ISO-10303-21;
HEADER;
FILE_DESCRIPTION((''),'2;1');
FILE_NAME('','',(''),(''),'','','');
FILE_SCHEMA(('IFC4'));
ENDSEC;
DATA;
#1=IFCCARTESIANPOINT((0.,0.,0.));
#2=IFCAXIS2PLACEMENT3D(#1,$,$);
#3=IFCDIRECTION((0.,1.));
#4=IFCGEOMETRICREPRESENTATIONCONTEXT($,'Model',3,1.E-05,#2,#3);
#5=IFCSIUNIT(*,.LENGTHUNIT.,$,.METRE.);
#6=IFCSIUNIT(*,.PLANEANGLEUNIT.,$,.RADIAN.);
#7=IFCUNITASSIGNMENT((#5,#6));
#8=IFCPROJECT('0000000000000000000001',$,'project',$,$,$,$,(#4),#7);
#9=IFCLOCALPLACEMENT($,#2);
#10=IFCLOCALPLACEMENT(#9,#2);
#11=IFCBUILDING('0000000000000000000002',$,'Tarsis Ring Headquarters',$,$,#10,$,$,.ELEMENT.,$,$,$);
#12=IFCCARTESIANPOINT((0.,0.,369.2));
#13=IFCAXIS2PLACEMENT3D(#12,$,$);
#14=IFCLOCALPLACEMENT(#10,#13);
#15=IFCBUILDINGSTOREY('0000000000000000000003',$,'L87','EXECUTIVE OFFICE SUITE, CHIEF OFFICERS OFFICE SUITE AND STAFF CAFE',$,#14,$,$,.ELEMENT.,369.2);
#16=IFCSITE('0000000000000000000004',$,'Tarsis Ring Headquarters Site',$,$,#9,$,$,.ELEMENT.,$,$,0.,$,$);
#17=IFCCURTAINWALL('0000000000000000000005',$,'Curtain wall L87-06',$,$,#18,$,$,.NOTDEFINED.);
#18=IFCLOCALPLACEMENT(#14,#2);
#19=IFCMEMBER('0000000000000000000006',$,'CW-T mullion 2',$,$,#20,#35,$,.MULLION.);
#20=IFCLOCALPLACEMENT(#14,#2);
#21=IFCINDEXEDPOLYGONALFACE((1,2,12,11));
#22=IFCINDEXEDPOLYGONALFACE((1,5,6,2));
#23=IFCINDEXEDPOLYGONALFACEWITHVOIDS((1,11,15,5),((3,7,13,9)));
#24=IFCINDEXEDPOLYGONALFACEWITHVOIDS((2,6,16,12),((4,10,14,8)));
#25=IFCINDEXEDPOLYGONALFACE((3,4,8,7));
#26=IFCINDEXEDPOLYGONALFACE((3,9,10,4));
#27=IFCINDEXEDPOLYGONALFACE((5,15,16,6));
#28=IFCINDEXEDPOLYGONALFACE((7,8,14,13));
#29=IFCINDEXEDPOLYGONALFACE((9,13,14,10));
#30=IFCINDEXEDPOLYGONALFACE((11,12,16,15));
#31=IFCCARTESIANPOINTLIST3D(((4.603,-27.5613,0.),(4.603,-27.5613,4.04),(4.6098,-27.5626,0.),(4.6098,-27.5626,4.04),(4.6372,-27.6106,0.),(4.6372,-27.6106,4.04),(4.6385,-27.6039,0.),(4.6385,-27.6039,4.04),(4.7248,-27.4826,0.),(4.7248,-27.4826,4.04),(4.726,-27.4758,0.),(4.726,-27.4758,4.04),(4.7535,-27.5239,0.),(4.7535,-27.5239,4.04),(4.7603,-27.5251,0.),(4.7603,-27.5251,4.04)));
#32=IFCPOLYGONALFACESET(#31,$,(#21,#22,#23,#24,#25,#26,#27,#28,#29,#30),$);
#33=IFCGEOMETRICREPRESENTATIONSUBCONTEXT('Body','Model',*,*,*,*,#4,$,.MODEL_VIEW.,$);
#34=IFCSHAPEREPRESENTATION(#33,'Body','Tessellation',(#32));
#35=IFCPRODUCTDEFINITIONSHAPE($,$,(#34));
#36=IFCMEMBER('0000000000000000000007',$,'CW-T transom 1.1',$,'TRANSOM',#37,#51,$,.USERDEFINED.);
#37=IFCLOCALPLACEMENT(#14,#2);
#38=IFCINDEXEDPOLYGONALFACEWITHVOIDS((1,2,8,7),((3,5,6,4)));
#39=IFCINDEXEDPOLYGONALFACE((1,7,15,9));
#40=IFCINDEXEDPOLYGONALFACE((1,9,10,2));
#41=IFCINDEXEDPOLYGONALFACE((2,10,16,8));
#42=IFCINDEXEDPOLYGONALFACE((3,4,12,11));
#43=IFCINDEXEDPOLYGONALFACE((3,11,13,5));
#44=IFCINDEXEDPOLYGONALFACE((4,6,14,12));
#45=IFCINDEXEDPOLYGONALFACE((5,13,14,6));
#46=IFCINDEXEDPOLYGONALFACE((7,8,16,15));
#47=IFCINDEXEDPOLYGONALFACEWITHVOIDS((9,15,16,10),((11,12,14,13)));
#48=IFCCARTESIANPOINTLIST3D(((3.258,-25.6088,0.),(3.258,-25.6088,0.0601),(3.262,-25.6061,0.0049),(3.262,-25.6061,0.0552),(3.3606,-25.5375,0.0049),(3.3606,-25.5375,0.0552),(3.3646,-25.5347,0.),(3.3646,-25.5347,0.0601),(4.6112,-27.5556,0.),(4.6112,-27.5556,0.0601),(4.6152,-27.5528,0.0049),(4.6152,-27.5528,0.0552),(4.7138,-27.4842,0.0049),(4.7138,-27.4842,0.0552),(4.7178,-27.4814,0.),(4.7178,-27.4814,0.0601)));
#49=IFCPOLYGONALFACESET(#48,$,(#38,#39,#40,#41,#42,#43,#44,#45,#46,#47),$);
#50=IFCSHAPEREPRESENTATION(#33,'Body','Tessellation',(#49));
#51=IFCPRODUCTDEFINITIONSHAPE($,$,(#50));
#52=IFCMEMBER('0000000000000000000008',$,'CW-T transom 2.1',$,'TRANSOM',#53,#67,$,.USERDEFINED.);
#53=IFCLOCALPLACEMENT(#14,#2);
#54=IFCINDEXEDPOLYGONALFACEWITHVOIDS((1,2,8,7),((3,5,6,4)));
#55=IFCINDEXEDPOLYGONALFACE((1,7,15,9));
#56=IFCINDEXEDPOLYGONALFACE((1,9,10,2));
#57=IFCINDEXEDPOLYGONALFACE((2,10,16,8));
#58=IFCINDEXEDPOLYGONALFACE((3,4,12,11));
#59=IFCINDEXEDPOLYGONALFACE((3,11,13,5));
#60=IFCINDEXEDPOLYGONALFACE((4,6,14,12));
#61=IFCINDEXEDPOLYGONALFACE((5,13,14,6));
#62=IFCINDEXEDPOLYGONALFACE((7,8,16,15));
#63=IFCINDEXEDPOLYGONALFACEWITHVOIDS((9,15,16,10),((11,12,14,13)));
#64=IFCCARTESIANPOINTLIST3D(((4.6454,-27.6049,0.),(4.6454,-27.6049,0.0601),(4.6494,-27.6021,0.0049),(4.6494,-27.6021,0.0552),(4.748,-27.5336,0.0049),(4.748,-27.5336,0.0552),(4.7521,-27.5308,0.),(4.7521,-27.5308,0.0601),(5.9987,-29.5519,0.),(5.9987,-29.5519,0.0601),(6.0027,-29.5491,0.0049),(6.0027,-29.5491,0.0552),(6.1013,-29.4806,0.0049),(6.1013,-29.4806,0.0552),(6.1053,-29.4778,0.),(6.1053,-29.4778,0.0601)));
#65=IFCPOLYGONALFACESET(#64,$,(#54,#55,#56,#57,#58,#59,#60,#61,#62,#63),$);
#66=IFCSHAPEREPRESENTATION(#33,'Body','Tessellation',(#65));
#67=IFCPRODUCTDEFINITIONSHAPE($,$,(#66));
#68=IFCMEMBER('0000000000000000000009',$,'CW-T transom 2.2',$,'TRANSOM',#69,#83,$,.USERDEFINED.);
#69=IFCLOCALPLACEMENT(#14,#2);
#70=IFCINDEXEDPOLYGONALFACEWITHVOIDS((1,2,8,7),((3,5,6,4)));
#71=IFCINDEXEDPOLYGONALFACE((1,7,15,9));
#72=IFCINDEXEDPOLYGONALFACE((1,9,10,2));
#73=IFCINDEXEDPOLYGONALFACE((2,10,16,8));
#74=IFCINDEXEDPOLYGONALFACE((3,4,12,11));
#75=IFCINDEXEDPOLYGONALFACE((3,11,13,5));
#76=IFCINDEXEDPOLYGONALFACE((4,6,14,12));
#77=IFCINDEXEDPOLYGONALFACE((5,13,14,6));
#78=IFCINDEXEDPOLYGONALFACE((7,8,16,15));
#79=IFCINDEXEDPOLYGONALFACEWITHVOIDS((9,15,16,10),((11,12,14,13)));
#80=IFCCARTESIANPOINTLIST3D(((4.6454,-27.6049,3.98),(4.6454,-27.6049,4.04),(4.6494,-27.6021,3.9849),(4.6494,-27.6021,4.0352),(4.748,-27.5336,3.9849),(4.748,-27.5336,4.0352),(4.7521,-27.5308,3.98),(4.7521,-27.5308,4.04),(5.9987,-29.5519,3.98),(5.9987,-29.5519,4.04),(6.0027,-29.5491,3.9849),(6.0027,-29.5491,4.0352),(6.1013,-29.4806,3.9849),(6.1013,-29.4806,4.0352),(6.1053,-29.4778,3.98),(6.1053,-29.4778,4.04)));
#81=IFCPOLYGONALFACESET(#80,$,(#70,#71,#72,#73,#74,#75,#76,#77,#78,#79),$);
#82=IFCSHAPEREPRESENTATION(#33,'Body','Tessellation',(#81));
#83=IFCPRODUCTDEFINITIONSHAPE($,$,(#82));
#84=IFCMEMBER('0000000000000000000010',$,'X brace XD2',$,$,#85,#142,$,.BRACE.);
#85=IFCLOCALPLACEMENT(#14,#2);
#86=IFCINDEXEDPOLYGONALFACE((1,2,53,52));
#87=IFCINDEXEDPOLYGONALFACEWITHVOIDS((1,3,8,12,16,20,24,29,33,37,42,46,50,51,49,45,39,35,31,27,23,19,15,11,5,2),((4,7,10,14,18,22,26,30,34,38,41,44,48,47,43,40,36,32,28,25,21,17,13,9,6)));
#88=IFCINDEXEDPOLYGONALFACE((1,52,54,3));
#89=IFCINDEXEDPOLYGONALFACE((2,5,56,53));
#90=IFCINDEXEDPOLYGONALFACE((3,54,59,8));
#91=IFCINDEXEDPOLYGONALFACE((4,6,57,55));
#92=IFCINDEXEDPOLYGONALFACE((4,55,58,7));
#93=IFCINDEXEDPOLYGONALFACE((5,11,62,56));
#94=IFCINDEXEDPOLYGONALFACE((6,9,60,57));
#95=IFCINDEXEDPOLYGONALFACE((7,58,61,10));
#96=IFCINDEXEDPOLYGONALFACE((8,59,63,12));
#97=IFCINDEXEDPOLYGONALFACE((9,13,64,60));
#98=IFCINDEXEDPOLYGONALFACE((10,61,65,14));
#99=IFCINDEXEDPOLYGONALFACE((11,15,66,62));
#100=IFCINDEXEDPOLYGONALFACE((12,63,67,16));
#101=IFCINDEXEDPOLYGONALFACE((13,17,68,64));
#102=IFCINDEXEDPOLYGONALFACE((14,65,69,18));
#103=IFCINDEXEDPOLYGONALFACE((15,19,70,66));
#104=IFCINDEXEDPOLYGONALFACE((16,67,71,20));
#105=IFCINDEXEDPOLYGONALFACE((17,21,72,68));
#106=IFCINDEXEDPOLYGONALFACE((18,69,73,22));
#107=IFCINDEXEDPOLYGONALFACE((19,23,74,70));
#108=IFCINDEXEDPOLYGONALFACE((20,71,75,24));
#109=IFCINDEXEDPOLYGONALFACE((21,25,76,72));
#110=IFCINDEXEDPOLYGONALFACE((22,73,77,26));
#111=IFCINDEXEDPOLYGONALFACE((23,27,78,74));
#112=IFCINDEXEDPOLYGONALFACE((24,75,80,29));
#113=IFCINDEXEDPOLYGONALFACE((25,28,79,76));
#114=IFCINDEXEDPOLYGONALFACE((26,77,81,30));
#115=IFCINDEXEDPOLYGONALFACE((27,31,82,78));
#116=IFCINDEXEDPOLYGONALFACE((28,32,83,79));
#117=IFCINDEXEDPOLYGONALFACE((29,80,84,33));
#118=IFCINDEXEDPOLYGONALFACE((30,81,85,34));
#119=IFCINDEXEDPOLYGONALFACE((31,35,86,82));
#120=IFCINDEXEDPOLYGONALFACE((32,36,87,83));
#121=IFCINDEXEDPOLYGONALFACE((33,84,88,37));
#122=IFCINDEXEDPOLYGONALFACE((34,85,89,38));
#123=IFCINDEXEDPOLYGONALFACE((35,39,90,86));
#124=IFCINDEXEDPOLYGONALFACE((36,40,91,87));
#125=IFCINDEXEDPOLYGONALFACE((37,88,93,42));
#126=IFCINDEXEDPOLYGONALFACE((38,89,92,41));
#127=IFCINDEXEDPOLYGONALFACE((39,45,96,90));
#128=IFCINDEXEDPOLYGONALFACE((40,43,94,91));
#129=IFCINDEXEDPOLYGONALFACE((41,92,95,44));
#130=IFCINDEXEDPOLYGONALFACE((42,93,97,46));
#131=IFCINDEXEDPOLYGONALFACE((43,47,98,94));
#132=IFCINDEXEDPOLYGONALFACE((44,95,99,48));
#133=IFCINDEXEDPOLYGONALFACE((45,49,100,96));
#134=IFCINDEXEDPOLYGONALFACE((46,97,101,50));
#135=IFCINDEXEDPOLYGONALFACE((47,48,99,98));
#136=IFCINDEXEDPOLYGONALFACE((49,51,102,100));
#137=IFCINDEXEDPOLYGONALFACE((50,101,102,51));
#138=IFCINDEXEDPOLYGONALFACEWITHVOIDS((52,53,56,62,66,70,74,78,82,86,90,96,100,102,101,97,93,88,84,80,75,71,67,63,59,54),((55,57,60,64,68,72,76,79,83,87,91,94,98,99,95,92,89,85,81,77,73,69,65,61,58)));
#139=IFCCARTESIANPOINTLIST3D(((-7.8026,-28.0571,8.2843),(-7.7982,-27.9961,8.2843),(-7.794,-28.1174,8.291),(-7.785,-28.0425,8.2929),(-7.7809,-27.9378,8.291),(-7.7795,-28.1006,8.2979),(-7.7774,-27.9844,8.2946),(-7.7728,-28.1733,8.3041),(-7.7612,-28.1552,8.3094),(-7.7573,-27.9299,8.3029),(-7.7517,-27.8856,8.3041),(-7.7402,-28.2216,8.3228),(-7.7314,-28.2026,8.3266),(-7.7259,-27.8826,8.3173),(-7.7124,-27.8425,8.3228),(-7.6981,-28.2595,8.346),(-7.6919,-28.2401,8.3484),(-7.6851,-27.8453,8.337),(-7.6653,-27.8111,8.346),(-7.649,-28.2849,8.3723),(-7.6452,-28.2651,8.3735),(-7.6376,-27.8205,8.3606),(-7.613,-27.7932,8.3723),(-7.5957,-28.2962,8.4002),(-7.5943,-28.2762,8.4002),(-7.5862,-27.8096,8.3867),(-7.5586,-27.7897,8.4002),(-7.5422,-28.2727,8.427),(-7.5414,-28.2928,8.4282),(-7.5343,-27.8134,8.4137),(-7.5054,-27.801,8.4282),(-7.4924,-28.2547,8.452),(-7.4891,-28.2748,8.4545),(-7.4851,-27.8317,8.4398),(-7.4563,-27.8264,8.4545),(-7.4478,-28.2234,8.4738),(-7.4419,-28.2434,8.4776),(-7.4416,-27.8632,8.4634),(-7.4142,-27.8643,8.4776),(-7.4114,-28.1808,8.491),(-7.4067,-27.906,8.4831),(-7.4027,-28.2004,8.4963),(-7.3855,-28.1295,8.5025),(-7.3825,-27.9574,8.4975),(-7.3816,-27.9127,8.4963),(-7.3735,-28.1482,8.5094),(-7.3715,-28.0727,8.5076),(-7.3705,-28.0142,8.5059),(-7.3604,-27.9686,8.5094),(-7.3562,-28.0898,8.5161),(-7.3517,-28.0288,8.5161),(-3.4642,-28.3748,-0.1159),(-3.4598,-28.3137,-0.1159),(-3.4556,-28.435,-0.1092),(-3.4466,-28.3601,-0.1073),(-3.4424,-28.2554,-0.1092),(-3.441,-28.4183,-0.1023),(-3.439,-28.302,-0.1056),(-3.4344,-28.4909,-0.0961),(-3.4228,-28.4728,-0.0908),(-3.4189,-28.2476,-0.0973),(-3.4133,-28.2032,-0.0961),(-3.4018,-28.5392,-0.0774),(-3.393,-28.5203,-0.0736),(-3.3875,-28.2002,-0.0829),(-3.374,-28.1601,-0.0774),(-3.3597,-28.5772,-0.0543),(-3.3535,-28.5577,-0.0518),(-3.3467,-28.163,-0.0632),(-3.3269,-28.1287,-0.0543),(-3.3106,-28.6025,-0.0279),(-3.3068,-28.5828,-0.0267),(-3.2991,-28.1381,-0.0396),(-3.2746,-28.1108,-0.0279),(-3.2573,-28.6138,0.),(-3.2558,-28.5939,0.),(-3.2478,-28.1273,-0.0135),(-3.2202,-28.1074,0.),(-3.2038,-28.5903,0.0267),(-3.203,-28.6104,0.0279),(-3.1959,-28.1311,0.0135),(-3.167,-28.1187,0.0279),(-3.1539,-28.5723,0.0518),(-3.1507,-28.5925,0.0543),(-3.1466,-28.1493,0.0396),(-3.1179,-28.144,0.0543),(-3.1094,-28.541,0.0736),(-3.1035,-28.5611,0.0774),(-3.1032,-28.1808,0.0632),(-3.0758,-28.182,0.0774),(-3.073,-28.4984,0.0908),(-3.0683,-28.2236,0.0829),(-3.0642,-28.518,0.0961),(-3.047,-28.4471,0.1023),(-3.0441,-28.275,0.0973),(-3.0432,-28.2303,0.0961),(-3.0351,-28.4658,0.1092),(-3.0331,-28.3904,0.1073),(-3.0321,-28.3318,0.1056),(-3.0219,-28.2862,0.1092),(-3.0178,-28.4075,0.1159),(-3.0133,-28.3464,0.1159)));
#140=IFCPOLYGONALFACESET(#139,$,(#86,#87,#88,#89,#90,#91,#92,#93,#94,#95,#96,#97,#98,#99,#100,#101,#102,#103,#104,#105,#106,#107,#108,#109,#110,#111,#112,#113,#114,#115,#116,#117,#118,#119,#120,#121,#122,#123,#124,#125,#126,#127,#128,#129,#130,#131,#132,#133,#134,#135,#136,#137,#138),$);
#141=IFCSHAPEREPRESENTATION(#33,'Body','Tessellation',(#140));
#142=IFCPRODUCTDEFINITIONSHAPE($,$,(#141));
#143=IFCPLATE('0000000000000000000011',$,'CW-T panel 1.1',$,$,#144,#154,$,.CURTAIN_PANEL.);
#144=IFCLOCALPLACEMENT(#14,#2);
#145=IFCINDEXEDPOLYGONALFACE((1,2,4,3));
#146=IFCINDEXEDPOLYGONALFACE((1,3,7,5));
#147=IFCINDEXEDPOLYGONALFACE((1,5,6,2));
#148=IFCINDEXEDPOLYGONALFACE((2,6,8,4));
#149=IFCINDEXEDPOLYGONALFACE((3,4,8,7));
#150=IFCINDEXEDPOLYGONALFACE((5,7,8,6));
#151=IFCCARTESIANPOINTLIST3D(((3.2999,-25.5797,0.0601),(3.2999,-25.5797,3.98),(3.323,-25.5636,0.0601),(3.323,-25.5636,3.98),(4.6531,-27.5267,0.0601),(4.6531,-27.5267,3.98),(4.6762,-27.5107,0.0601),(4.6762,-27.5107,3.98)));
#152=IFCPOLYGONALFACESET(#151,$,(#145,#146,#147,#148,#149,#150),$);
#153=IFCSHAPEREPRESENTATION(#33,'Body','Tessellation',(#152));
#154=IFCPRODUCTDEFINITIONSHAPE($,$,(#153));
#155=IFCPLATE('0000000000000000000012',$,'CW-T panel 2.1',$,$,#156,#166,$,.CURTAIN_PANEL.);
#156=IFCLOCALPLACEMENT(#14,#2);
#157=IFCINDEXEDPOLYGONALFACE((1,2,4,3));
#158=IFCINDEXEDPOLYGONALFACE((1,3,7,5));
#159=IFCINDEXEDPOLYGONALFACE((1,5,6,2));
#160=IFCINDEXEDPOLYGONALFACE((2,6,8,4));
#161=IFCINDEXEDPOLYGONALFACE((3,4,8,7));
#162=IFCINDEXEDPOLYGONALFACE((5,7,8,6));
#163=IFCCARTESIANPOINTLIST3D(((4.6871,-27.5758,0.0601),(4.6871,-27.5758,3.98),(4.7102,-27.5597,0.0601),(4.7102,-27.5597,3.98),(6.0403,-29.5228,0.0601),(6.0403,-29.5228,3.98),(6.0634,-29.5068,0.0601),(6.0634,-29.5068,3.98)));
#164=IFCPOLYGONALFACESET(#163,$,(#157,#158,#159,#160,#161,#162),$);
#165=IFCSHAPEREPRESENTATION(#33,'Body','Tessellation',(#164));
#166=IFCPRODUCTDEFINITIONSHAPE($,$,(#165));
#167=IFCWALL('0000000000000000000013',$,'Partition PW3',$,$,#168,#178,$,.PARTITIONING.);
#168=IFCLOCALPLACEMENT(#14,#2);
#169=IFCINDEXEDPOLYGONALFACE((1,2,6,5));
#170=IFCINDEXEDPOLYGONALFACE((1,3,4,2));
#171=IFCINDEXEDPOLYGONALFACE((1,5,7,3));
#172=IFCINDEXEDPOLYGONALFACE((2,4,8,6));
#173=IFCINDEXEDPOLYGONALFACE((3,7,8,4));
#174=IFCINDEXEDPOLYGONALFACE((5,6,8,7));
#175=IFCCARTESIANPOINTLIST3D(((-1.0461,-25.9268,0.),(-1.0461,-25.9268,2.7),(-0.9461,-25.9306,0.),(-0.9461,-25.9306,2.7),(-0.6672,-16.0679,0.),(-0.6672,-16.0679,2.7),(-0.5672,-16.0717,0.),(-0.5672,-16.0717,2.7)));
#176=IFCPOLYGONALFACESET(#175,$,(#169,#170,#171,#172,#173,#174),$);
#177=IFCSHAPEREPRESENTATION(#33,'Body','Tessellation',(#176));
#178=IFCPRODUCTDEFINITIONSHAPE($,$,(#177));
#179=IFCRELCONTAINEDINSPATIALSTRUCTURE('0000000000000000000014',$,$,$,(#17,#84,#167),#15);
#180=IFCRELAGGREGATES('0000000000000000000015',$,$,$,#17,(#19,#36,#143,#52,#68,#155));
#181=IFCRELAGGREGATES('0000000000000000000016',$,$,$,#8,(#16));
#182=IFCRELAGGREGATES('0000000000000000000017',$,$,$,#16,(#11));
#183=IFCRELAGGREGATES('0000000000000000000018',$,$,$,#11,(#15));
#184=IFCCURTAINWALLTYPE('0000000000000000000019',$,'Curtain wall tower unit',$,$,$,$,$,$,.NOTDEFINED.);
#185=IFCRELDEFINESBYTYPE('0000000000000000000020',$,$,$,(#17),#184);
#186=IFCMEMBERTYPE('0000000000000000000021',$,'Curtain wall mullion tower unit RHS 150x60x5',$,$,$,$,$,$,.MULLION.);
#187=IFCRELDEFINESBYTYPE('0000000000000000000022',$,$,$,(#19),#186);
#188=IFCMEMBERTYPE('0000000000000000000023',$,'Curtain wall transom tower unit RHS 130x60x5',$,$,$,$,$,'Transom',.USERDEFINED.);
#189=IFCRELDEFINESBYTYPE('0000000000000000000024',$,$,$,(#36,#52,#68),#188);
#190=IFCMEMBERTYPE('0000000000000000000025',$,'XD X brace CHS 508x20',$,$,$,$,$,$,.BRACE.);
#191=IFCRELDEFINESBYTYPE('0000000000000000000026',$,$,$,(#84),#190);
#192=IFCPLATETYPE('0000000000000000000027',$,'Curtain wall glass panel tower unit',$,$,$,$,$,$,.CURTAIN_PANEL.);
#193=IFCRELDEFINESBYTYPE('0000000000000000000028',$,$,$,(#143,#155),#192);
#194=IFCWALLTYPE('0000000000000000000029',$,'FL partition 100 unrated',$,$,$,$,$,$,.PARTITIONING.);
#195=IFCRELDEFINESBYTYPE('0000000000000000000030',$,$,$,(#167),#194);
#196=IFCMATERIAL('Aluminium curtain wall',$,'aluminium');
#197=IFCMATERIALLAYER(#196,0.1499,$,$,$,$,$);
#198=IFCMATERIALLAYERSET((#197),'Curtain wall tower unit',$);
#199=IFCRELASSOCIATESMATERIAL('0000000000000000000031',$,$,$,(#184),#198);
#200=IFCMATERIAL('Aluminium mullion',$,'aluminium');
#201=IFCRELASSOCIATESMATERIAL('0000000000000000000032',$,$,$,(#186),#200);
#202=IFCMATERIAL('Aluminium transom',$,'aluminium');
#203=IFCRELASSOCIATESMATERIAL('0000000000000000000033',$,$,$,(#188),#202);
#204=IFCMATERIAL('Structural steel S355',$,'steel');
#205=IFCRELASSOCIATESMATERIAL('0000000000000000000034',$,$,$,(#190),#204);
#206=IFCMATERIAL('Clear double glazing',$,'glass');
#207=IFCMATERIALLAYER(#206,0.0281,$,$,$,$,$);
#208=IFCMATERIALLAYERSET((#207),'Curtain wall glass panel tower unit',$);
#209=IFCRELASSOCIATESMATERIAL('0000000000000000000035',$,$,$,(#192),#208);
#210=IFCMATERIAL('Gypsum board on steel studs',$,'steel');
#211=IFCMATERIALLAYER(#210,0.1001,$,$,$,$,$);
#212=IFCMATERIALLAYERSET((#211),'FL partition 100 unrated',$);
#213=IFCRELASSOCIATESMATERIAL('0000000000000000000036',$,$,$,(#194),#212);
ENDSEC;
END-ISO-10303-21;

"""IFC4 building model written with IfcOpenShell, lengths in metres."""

from ifc_helpers import new_model, si_unit, direction, frame, frame_2d, origin, origin_2d, place, context, subcontext, project, spatial, rectangle, hollow_rectangle, hollow_circle, extrude, material, layer, layer_set, material_profile, profile_set, type_object, element, aggregate, save


model = new_model("IFC4")

# Units and contexts
model_context = context("Model", 3, precision=1e-05, world=origin(), true_north=direction((0.0, 1.0)))
body_context = subcontext(model_context, "Body", "Model", "MODEL_VIEW")
ifc_project = project(units=[si_unit("LENGTHUNIT", "METRE"), si_unit("PLANEANGLEUNIT", "RADIAN")], contexts=[model_context])

# Site, building, storey
site_placement = place(None, origin())
site = spatial("IfcSite", under=ifc_project, at=site_placement, Name="Tarsis Ring Headquarters Site", CompositionType="ELEMENT", RefElevation=0.0)
building_placement = place(site_placement, origin())
building = spatial("IfcBuilding", under=site, at=building_placement, Name="Tarsis Ring Headquarters", CompositionType="ELEMENT")
storey_placement = place(building_placement, frame((0.0, 0.0, 369.2)))
storey = spatial("IfcBuildingStorey", under=building, at=storey_placement, Name="L87", Description="EXECUTIVE OFFICE SUITE, CHIEF OFFICERS OFFICE SUITE AND STAFF CAFE", CompositionType="ELEMENT", Elevation=369.2)

# Curtain wall, members
ifc_material_1 = material(Name="Aluminium curtain wall", Category="aluminium")
ifc_layer_1 = layer(ifc_material_1, 0.1499)
ifc_layer_set_1 = layer_set([ifc_layer_1], Name="Curtain wall tower unit")
curtain_wall_type = type_object("IfcCurtainWallType", Name="Curtain wall tower unit", PredefinedType="NOTDEFINED", material=ifc_layer_set_1)
curtain_wall_placement = place(storey_placement, origin())
curtain_wall = element("IfcCurtainWall", 1, at=curtain_wall_placement, inside=storey, type_object=curtain_wall_type, Name="Curtain wall L87-06", PredefinedType="NOTDEFINED")
ifc_material_2 = material(Name="Aluminium mullion", Category="aluminium")
ifc_material_profile_1 = material_profile(ifc_material_2, hollow_rectangle(XDim=0.1499, YDim=0.0601, WallThickness=0.0049, at=origin_2d()), Name="RHS 150x60x5")
ifc_profile_set_1 = profile_set([ifc_material_profile_1], Name="Aluminium mullion")
member_type_1 = type_object("IfcMemberType", Name="Curtain wall mullion tower unit RHS 150x60x5", PredefinedType="MULLION", material=ifc_profile_set_1)
member_1_placement = place(storey_placement, frame((4.6816, -27.5432, 0.0), z_axis=(0.0, 0.0, 1.0), x_axis=(0.821149, 0.570714, 0.0)))
member_1 = element("IfcMember", 2, at=member_1_placement, type_object=member_type_1, Name="CW-T mullion 2", PredefinedType="MULLION", context=body_context, shape_type="SweptSolid", body=[
    extrude(hollow_rectangle(XDim=0.1499, YDim=0.0601, WallThickness=0.0049, at=origin_2d()), origin(), (0.0, 0.0, 1.0), 4.04),
])
ifc_material_3 = material(Name="Aluminium transom", Category="aluminium")
ifc_material_profile_2 = material_profile(ifc_material_3, hollow_rectangle(XDim=0.1299, YDim=0.0601, WallThickness=0.0049, at=origin_2d()), Name="RHS 130x60x5")
ifc_profile_set_2 = profile_set([ifc_material_profile_2], Name="Aluminium transom")
member_type_2 = type_object("IfcMemberType", Name="Curtain wall transom tower unit RHS 130x60x5", ElementType="Transom", PredefinedType="USERDEFINED", material=ifc_profile_set_2)
member_2_placement = place(storey_placement, frame((3.3113, -25.5718, 0.03), z_axis=(0.570778, -0.821105, 0.0), x_axis=(0.821105, 0.570778, 0.0)))
member_2 = element("IfcMember", 3, at=member_2_placement, type_object=member_type_2, Name="CW-T transom 1.1", ObjectType="TRANSOM", PredefinedType="USERDEFINED", context=body_context, shape_type="SweptSolid", body=[
    extrude(hollow_rectangle(XDim=0.1299, YDim=0.0601, WallThickness=0.0049, at=origin_2d()), origin(), (0.0, 0.0, 1.0), 2.3708),
])
member_3_placement = place(storey_placement, frame((4.6987, -27.5679, 0.03), z_axis=(0.57073, -0.821138, 0.0), x_axis=(0.821138, 0.57073, 0.0)))
member_3 = element("IfcMember", 4, at=member_3_placement, type_object=member_type_2, Name="CW-T transom 2.1", ObjectType="TRANSOM", PredefinedType="USERDEFINED", context=body_context, shape_type="SweptSolid", body=[
    extrude(hollow_rectangle(XDim=0.1299, YDim=0.0601, WallThickness=0.0049, at=origin_2d()), origin(), (0.0, 0.0, 1.0), 2.3711),
])
member_4_placement = place(storey_placement, frame((4.6987, -27.5679, 4.01), z_axis=(0.57073, -0.821138, 0.0), x_axis=(0.821138, 0.57073, 0.0)))
member_4 = element("IfcMember", 5, at=member_4_placement, type_object=member_type_2, Name="CW-T transom 2.2", ObjectType="TRANSOM", PredefinedType="USERDEFINED", context=body_context, shape_type="SweptSolid", body=[
    extrude(hollow_rectangle(XDim=0.1299, YDim=0.0601, WallThickness=0.0049, at=origin_2d()), origin(), (0.0, 0.0, 1.0), 2.3711),
])

# Member
ifc_material_4 = material(Name="Structural steel S355", Category="steel")
ifc_material_profile_3 = material_profile(ifc_material_4, hollow_circle(Radius=0.2539, WallThickness=0.02, at=origin_2d()), Name="CHS 508x20")
ifc_profile_set_3 = profile_set([ifc_material_profile_3], Name="Structural steel S355")
member_type_3 = type_object("IfcMemberType", Name="XD X brace CHS 508x20", PredefinedType="BRACE", material=ifc_profile_set_3)
member_5_placement = place(storey_placement, frame((-3.2388, -28.3606, 0.0), z_axis=(-0.45862, 0.033577, 0.887998), x_axis=(-0.073018, -0.997331, 0.0)))
element("IfcMember", 6, at=member_5_placement, inside=storey, type_object=member_type_3, Name="X brace XD2", PredefinedType="BRACE", context=body_context, shape_type="SweptSolid", body=[
    extrude(hollow_circle(Radius=0.2539, WallThickness=0.02, at=origin_2d()), origin(), (0.0, 0.0, 1.0), 9.4597),
])

# Plates
ifc_material_5 = material(Name="Clear double glazing", Category="glass")
ifc_layer_2 = layer(ifc_material_5, 0.0281)
ifc_layer_set_2 = layer_set([ifc_layer_2], Name="Curtain wall glass panel tower unit")
plate_type = type_object("IfcPlateType", Name="Curtain wall glass panel tower unit", PredefinedType="CURTAIN_PANEL", material=ifc_layer_set_2)
plate_1_placement = place(storey_placement, frame((3.988, -26.5452, 0.0601), z_axis=(0.0, 0.0, 1.0), x_axis=(0.570714, -0.821149, 0.0)))
plate_1 = element("IfcPlate", 7, at=plate_1_placement, type_object=plate_type, Name="CW-T panel 1.1", PredefinedType="CURTAIN_PANEL", context=body_context, shape_type="SweptSolid", body=[
    extrude(rectangle(XDim=2.3711, YDim=0.0281, at=origin_2d()), origin(), (0.0, 0.0, 1.0), 3.9199),
])
plate_2_placement = place(storey_placement, frame((5.3752, -28.5413, 0.0601), z_axis=(0.0, 0.0, 1.0), x_axis=(0.570714, -0.821149, 0.0)))
plate_2 = element("IfcPlate", 8, at=plate_2_placement, type_object=plate_type, Name="CW-T panel 2.1", PredefinedType="CURTAIN_PANEL", context=body_context, shape_type="SweptSolid", body=[
    extrude(rectangle(XDim=2.3711, YDim=0.0281, at=origin_2d()), origin(), (0.0, 0.0, 1.0), 3.9199),
])
aggregate(curtain_wall, [member_1, member_2, plate_1, member_3, member_4, plate_2])

# Wall
ifc_material_6 = material(Name="Gypsum board on steel studs", Category="steel")
ifc_layer_3 = layer(ifc_material_6, 0.1001)
ifc_layer_set_3 = layer_set([ifc_layer_3], Name="FL partition 100 unrated")
wall_type_1 = type_object("IfcWallType", Name="FL partition 100 unrated", PredefinedType="PARTITIONING", material=ifc_layer_set_3)
wall_1_placement = place(storey_placement, frame((-0.9961, -25.9287, 0.0), z_axis=(0.0, 0.0, 1.0), x_axis=(0.038405, 0.999262, 0.0)))
element("IfcWall", 9, at=wall_1_placement, inside=storey, type_object=wall_type_1, Name="Partition PW3", PredefinedType="PARTITIONING", context=body_context, shape_type="SweptSolid", body=[
    extrude(rectangle(XDim=9.8662, YDim=0.1001, at=frame_2d((4.9331, 0.0))), origin(), (0.0, 0.0, 1.0), 2.7),
])

save(model, "model.ifc")
